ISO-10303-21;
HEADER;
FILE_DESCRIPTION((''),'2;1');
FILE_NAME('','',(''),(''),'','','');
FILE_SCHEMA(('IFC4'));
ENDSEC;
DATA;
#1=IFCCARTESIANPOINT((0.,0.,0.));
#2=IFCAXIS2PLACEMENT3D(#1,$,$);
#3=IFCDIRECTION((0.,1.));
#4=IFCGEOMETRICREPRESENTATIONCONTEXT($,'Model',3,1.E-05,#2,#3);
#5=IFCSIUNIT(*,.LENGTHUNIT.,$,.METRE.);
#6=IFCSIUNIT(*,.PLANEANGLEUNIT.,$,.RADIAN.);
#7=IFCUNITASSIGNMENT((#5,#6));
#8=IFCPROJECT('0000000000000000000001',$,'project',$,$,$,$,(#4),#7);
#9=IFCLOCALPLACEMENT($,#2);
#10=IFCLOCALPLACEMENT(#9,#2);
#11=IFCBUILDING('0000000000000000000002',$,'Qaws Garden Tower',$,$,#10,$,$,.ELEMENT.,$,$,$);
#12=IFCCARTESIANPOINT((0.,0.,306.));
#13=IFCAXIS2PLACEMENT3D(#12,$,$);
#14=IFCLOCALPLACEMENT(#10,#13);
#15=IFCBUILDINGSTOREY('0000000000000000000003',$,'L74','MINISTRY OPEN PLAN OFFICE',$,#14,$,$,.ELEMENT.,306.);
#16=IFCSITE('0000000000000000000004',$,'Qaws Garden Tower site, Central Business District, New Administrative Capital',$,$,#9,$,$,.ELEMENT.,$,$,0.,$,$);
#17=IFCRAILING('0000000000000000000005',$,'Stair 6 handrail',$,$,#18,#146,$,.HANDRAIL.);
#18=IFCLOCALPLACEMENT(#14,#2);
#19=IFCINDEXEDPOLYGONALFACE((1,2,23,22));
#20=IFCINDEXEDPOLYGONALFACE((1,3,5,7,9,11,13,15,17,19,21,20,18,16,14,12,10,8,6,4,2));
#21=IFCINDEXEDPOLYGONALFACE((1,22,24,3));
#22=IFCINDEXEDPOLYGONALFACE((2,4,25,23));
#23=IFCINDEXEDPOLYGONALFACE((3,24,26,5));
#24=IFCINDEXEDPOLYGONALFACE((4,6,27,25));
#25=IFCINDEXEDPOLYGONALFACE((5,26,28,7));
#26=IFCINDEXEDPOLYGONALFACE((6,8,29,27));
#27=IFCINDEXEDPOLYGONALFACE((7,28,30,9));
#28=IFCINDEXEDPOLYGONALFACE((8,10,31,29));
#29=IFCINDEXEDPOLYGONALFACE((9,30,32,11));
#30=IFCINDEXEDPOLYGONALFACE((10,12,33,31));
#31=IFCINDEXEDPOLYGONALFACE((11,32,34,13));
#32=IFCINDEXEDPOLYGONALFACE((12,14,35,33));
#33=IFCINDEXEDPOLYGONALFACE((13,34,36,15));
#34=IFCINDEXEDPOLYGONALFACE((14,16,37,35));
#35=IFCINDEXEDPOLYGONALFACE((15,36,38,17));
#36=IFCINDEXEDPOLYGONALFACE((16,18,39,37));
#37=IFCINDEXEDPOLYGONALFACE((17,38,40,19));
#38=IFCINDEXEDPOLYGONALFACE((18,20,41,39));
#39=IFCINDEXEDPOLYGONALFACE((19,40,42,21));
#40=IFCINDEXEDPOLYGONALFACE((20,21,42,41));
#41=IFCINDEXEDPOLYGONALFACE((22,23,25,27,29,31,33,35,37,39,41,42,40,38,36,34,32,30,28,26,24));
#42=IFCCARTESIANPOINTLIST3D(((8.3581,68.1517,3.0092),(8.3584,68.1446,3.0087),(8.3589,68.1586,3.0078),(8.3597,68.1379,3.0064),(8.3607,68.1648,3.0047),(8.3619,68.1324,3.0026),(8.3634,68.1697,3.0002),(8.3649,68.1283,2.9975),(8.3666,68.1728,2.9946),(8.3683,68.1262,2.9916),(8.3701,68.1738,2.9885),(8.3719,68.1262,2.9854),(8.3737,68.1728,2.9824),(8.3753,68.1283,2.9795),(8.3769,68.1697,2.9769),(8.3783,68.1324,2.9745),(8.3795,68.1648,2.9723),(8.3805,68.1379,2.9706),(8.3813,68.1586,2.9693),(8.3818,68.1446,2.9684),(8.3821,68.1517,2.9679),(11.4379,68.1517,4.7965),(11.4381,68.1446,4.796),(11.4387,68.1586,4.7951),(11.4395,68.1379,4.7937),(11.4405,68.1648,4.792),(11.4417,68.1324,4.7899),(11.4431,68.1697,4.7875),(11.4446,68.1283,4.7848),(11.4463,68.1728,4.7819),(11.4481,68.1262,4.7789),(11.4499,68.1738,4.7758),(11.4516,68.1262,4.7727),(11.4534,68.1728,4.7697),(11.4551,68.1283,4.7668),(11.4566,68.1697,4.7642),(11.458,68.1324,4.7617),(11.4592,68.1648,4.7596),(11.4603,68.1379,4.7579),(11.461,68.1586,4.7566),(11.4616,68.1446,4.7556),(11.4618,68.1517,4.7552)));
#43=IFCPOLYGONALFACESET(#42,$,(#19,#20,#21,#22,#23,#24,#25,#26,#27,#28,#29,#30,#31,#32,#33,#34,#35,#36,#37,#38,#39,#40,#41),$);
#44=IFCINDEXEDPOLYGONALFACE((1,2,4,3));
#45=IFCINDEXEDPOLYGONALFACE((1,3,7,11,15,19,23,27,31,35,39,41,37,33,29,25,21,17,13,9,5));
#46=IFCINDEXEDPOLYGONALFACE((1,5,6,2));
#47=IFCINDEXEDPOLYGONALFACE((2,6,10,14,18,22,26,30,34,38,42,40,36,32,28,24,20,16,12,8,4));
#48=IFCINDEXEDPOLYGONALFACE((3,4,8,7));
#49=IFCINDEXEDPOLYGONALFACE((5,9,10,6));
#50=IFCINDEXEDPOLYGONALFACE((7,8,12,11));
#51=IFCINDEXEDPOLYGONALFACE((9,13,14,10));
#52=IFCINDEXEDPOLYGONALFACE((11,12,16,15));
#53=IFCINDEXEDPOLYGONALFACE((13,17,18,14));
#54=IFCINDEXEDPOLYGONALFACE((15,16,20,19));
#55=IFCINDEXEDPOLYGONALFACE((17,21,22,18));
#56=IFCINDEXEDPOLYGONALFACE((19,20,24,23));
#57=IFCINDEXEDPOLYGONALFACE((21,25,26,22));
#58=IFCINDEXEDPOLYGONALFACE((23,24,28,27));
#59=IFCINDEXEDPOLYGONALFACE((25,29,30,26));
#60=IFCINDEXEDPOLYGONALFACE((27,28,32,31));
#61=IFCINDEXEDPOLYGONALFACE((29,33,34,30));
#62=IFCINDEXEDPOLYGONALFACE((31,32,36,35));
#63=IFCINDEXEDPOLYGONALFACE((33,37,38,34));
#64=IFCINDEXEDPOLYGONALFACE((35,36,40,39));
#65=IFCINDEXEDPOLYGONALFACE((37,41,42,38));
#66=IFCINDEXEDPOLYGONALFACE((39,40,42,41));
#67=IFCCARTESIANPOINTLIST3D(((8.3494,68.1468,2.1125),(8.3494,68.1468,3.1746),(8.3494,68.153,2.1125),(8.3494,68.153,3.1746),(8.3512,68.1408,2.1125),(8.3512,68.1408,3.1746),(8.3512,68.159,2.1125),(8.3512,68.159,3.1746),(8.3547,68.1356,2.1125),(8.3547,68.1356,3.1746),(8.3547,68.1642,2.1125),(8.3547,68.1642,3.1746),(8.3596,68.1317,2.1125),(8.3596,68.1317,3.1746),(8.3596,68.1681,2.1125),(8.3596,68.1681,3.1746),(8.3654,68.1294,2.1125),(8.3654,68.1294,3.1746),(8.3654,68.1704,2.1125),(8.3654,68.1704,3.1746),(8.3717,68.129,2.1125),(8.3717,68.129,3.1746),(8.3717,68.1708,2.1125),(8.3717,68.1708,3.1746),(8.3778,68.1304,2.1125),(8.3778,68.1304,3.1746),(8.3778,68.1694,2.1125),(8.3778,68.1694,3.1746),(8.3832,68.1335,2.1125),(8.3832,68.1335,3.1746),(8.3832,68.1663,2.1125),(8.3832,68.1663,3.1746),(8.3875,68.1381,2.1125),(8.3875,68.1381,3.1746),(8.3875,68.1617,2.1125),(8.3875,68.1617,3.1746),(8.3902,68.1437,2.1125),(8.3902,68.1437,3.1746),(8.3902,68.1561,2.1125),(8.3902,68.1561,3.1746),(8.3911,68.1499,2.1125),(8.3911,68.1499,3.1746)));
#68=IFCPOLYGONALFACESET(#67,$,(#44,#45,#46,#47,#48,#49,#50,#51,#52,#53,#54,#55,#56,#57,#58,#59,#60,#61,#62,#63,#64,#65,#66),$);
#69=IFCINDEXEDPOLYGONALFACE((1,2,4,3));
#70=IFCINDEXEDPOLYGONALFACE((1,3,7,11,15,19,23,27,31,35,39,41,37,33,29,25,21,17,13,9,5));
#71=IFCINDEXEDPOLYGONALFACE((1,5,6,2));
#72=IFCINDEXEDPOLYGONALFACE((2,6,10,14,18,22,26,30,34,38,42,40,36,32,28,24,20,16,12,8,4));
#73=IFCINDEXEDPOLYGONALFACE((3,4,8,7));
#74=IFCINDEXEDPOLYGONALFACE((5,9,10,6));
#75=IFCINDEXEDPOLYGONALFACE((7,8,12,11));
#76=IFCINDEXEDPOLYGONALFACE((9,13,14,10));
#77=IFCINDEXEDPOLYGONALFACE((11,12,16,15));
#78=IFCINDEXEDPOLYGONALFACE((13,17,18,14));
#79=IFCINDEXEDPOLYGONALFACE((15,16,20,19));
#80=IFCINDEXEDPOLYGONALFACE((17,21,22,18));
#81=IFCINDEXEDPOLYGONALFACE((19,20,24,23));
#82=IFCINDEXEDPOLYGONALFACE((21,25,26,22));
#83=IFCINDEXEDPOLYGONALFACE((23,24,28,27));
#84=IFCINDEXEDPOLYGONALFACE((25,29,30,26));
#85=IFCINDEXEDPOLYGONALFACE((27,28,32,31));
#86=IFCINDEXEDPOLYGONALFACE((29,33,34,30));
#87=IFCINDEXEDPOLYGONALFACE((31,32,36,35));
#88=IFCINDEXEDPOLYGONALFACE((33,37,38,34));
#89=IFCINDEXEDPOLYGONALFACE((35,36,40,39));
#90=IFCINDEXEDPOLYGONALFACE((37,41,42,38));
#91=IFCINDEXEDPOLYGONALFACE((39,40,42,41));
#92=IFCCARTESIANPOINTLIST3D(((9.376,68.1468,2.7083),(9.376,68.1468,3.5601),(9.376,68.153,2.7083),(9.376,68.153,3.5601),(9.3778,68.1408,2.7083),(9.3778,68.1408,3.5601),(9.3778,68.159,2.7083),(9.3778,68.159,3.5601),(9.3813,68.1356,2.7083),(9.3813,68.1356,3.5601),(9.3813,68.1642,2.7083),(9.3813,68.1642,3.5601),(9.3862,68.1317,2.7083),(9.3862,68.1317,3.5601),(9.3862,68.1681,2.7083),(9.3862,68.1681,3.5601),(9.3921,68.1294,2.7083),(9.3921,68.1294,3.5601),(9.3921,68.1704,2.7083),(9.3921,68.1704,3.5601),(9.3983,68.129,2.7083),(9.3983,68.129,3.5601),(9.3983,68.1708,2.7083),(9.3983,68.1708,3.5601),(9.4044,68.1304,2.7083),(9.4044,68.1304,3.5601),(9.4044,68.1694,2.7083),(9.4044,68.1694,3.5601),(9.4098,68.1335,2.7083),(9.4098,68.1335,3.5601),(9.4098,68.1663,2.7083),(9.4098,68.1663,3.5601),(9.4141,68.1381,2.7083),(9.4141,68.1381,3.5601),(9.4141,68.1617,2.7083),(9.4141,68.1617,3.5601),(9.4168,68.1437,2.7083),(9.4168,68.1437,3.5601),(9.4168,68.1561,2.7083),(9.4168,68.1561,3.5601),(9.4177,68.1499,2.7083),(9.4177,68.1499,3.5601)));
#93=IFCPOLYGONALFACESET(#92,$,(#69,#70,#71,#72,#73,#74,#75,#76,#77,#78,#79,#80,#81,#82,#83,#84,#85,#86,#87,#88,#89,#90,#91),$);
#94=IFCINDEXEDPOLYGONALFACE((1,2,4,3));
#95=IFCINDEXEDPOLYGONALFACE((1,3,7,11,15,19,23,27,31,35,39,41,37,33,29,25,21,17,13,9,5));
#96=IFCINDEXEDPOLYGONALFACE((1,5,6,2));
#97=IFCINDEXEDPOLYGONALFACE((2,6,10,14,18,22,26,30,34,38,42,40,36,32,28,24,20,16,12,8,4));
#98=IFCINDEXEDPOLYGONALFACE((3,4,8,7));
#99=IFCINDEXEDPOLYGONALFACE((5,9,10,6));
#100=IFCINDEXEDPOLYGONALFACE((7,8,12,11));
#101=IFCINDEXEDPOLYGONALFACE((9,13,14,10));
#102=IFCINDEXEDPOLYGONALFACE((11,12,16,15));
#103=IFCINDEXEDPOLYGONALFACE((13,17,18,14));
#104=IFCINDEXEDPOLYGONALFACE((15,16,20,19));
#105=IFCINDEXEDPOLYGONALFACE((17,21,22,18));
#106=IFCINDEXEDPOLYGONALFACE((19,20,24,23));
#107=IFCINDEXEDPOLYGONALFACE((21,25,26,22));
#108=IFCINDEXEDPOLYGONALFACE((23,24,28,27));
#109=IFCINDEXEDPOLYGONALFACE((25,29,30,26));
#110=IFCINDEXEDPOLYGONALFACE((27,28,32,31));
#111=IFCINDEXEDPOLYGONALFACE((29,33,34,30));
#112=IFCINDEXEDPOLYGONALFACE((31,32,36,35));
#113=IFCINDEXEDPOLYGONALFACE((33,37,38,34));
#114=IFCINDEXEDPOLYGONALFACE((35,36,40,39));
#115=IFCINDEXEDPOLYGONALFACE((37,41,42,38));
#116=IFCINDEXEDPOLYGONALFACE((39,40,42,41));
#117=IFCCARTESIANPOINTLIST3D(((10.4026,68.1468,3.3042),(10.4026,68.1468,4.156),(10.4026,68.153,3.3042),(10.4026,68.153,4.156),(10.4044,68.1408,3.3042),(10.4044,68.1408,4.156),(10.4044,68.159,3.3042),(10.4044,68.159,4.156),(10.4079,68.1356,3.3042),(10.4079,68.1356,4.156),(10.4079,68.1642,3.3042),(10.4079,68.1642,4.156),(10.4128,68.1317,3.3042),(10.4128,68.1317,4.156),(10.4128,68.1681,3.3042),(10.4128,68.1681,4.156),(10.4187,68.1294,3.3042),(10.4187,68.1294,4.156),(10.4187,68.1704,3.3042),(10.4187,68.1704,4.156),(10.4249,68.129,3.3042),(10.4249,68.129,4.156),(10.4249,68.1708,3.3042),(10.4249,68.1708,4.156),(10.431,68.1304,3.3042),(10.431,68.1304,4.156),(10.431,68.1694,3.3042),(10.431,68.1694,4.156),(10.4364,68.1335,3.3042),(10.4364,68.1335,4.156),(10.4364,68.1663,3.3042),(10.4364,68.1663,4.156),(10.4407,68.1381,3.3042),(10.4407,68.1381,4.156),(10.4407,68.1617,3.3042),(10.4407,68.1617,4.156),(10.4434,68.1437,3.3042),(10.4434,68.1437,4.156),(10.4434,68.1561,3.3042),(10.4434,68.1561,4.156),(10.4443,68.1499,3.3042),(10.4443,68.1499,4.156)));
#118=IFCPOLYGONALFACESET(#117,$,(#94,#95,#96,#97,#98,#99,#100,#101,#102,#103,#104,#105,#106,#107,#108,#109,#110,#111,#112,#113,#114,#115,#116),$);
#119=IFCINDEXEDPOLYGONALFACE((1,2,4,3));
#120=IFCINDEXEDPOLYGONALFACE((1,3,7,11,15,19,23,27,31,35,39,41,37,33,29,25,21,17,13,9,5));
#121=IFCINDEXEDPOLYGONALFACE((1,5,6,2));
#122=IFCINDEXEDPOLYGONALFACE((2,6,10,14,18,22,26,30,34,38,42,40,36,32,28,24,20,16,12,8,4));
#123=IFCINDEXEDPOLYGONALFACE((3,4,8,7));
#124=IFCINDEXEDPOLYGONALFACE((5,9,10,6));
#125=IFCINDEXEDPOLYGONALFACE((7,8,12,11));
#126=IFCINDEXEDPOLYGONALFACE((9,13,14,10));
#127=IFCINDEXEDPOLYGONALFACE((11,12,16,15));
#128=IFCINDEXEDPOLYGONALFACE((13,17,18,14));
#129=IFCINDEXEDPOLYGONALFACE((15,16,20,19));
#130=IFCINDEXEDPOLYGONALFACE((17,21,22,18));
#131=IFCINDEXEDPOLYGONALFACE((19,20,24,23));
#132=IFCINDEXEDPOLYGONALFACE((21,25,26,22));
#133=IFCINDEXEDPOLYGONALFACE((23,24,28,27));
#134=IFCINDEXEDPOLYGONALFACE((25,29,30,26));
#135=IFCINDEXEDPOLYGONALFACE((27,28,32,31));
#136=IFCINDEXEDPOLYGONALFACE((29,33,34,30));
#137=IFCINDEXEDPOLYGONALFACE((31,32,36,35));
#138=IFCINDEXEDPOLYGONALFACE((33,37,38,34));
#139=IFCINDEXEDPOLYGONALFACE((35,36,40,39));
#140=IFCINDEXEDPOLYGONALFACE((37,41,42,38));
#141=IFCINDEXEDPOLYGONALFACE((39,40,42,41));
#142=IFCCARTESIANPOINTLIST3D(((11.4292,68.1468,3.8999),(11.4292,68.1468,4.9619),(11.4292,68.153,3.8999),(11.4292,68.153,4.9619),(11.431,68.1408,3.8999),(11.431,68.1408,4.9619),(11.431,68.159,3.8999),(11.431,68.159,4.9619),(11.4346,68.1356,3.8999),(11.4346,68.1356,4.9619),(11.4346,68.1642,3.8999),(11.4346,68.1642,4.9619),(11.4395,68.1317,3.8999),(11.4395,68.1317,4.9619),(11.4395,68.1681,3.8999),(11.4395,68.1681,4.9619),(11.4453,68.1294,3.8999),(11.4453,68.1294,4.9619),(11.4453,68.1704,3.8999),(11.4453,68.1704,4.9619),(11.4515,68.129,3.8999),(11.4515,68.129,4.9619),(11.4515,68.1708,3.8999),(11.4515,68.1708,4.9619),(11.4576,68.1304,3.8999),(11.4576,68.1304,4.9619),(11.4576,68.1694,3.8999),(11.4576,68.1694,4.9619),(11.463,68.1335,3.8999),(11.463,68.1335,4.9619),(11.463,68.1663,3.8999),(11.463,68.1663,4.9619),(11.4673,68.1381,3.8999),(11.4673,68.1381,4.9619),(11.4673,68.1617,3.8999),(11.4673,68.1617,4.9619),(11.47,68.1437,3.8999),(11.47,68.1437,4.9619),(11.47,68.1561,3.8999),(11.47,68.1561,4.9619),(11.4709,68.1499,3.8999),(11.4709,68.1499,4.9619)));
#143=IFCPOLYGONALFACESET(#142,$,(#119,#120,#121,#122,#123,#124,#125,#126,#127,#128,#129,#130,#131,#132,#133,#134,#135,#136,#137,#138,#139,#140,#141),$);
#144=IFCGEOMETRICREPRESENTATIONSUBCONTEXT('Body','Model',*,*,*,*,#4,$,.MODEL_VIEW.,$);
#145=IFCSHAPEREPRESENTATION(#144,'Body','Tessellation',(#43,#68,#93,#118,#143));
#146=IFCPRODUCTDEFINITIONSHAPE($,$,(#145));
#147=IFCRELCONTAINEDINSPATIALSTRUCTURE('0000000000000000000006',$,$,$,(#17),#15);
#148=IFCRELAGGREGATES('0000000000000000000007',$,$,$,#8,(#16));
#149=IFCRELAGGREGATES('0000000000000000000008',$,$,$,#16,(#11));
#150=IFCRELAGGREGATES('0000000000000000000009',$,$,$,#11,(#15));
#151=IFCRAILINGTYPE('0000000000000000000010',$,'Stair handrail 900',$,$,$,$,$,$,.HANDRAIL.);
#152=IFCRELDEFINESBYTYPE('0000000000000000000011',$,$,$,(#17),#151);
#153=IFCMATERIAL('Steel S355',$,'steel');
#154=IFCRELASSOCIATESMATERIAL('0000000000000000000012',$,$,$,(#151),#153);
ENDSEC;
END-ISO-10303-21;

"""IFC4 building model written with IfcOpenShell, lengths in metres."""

from ifc_helpers import new_model, si_unit, direction, frame, origin, origin_2d, place, context, subcontext, project, spatial, circle, extrude, material, type_object, element, save


model = new_model("IFC4")

# Units and contexts
model_context = context("Model", 3, precision=1e-05, world=origin(), true_north=direction((0.0, 1.0)))
body_context = subcontext(model_context, "Body", "Model", "MODEL_VIEW")
ifc_project = project(units=[si_unit("LENGTHUNIT", "METRE"), si_unit("PLANEANGLEUNIT", "RADIAN")], contexts=[model_context])

# Site, building, storey
site_placement = place(None, origin())
site = spatial("IfcSite", under=ifc_project, at=site_placement, Name="Qaws Garden Tower site, Central Business District, New Administrative Capital", CompositionType="ELEMENT", RefElevation=0.0)
building_placement = place(site_placement, origin())
building = spatial("IfcBuilding", under=site, at=building_placement, Name="Qaws Garden Tower", CompositionType="ELEMENT")
storey_placement = place(building_placement, frame((0.0, 0.0, 306.0)))
storey = spatial("IfcBuildingStorey", under=building, at=storey_placement, Name="L74", Description="MINISTRY OPEN PLAN OFFICE", CompositionType="ELEMENT", Elevation=306.0)

# Railing
ifc_material_1 = material(Name="Steel S355", Category="steel")
railing_type = type_object("IfcRailingType", Name="Stair handrail 900", PredefinedType="HANDRAIL", material=ifc_material_1)
railing_1_placement = place(storey_placement, frame((8.3701, 68.1499, 2.1125)))
element("IfcRailing", 1, at=railing_1_placement, inside=storey, type_object=railing_type, Name="Stair 6 handrail", PredefinedType="HANDRAIL", context=body_context, shape_type="SweptSolid", body=[
    extrude(circle(Radius=0.0239, at=origin_2d()), frame((0.0, 0.0, 0.876), z_axis=(0.864903, 0.0, 0.501939), x_axis=(0.0, 1.0, 0.0)), (0.0, 0.0, 1.0), 3.5608),
    extrude(circle(Radius=0.021, at=origin_2d()), origin(), (0.0, 0.0, 1.0), 1.062),
    extrude(circle(Radius=0.021, at=origin_2d()), frame((1.0266, 0.0, 0.5957)), (0.0, 0.0, 1.0), 0.8518),
    extrude(circle(Radius=0.021, at=origin_2d()), frame((2.0532, 0.0, 1.1917)), (0.0, 0.0, 1.0), 0.8518),
    extrude(circle(Radius=0.021, at=origin_2d()), frame((3.0798, 0.0, 1.7874)), (0.0, 0.0, 1.0), 1.062),
])

save(model, "model.ifc")
